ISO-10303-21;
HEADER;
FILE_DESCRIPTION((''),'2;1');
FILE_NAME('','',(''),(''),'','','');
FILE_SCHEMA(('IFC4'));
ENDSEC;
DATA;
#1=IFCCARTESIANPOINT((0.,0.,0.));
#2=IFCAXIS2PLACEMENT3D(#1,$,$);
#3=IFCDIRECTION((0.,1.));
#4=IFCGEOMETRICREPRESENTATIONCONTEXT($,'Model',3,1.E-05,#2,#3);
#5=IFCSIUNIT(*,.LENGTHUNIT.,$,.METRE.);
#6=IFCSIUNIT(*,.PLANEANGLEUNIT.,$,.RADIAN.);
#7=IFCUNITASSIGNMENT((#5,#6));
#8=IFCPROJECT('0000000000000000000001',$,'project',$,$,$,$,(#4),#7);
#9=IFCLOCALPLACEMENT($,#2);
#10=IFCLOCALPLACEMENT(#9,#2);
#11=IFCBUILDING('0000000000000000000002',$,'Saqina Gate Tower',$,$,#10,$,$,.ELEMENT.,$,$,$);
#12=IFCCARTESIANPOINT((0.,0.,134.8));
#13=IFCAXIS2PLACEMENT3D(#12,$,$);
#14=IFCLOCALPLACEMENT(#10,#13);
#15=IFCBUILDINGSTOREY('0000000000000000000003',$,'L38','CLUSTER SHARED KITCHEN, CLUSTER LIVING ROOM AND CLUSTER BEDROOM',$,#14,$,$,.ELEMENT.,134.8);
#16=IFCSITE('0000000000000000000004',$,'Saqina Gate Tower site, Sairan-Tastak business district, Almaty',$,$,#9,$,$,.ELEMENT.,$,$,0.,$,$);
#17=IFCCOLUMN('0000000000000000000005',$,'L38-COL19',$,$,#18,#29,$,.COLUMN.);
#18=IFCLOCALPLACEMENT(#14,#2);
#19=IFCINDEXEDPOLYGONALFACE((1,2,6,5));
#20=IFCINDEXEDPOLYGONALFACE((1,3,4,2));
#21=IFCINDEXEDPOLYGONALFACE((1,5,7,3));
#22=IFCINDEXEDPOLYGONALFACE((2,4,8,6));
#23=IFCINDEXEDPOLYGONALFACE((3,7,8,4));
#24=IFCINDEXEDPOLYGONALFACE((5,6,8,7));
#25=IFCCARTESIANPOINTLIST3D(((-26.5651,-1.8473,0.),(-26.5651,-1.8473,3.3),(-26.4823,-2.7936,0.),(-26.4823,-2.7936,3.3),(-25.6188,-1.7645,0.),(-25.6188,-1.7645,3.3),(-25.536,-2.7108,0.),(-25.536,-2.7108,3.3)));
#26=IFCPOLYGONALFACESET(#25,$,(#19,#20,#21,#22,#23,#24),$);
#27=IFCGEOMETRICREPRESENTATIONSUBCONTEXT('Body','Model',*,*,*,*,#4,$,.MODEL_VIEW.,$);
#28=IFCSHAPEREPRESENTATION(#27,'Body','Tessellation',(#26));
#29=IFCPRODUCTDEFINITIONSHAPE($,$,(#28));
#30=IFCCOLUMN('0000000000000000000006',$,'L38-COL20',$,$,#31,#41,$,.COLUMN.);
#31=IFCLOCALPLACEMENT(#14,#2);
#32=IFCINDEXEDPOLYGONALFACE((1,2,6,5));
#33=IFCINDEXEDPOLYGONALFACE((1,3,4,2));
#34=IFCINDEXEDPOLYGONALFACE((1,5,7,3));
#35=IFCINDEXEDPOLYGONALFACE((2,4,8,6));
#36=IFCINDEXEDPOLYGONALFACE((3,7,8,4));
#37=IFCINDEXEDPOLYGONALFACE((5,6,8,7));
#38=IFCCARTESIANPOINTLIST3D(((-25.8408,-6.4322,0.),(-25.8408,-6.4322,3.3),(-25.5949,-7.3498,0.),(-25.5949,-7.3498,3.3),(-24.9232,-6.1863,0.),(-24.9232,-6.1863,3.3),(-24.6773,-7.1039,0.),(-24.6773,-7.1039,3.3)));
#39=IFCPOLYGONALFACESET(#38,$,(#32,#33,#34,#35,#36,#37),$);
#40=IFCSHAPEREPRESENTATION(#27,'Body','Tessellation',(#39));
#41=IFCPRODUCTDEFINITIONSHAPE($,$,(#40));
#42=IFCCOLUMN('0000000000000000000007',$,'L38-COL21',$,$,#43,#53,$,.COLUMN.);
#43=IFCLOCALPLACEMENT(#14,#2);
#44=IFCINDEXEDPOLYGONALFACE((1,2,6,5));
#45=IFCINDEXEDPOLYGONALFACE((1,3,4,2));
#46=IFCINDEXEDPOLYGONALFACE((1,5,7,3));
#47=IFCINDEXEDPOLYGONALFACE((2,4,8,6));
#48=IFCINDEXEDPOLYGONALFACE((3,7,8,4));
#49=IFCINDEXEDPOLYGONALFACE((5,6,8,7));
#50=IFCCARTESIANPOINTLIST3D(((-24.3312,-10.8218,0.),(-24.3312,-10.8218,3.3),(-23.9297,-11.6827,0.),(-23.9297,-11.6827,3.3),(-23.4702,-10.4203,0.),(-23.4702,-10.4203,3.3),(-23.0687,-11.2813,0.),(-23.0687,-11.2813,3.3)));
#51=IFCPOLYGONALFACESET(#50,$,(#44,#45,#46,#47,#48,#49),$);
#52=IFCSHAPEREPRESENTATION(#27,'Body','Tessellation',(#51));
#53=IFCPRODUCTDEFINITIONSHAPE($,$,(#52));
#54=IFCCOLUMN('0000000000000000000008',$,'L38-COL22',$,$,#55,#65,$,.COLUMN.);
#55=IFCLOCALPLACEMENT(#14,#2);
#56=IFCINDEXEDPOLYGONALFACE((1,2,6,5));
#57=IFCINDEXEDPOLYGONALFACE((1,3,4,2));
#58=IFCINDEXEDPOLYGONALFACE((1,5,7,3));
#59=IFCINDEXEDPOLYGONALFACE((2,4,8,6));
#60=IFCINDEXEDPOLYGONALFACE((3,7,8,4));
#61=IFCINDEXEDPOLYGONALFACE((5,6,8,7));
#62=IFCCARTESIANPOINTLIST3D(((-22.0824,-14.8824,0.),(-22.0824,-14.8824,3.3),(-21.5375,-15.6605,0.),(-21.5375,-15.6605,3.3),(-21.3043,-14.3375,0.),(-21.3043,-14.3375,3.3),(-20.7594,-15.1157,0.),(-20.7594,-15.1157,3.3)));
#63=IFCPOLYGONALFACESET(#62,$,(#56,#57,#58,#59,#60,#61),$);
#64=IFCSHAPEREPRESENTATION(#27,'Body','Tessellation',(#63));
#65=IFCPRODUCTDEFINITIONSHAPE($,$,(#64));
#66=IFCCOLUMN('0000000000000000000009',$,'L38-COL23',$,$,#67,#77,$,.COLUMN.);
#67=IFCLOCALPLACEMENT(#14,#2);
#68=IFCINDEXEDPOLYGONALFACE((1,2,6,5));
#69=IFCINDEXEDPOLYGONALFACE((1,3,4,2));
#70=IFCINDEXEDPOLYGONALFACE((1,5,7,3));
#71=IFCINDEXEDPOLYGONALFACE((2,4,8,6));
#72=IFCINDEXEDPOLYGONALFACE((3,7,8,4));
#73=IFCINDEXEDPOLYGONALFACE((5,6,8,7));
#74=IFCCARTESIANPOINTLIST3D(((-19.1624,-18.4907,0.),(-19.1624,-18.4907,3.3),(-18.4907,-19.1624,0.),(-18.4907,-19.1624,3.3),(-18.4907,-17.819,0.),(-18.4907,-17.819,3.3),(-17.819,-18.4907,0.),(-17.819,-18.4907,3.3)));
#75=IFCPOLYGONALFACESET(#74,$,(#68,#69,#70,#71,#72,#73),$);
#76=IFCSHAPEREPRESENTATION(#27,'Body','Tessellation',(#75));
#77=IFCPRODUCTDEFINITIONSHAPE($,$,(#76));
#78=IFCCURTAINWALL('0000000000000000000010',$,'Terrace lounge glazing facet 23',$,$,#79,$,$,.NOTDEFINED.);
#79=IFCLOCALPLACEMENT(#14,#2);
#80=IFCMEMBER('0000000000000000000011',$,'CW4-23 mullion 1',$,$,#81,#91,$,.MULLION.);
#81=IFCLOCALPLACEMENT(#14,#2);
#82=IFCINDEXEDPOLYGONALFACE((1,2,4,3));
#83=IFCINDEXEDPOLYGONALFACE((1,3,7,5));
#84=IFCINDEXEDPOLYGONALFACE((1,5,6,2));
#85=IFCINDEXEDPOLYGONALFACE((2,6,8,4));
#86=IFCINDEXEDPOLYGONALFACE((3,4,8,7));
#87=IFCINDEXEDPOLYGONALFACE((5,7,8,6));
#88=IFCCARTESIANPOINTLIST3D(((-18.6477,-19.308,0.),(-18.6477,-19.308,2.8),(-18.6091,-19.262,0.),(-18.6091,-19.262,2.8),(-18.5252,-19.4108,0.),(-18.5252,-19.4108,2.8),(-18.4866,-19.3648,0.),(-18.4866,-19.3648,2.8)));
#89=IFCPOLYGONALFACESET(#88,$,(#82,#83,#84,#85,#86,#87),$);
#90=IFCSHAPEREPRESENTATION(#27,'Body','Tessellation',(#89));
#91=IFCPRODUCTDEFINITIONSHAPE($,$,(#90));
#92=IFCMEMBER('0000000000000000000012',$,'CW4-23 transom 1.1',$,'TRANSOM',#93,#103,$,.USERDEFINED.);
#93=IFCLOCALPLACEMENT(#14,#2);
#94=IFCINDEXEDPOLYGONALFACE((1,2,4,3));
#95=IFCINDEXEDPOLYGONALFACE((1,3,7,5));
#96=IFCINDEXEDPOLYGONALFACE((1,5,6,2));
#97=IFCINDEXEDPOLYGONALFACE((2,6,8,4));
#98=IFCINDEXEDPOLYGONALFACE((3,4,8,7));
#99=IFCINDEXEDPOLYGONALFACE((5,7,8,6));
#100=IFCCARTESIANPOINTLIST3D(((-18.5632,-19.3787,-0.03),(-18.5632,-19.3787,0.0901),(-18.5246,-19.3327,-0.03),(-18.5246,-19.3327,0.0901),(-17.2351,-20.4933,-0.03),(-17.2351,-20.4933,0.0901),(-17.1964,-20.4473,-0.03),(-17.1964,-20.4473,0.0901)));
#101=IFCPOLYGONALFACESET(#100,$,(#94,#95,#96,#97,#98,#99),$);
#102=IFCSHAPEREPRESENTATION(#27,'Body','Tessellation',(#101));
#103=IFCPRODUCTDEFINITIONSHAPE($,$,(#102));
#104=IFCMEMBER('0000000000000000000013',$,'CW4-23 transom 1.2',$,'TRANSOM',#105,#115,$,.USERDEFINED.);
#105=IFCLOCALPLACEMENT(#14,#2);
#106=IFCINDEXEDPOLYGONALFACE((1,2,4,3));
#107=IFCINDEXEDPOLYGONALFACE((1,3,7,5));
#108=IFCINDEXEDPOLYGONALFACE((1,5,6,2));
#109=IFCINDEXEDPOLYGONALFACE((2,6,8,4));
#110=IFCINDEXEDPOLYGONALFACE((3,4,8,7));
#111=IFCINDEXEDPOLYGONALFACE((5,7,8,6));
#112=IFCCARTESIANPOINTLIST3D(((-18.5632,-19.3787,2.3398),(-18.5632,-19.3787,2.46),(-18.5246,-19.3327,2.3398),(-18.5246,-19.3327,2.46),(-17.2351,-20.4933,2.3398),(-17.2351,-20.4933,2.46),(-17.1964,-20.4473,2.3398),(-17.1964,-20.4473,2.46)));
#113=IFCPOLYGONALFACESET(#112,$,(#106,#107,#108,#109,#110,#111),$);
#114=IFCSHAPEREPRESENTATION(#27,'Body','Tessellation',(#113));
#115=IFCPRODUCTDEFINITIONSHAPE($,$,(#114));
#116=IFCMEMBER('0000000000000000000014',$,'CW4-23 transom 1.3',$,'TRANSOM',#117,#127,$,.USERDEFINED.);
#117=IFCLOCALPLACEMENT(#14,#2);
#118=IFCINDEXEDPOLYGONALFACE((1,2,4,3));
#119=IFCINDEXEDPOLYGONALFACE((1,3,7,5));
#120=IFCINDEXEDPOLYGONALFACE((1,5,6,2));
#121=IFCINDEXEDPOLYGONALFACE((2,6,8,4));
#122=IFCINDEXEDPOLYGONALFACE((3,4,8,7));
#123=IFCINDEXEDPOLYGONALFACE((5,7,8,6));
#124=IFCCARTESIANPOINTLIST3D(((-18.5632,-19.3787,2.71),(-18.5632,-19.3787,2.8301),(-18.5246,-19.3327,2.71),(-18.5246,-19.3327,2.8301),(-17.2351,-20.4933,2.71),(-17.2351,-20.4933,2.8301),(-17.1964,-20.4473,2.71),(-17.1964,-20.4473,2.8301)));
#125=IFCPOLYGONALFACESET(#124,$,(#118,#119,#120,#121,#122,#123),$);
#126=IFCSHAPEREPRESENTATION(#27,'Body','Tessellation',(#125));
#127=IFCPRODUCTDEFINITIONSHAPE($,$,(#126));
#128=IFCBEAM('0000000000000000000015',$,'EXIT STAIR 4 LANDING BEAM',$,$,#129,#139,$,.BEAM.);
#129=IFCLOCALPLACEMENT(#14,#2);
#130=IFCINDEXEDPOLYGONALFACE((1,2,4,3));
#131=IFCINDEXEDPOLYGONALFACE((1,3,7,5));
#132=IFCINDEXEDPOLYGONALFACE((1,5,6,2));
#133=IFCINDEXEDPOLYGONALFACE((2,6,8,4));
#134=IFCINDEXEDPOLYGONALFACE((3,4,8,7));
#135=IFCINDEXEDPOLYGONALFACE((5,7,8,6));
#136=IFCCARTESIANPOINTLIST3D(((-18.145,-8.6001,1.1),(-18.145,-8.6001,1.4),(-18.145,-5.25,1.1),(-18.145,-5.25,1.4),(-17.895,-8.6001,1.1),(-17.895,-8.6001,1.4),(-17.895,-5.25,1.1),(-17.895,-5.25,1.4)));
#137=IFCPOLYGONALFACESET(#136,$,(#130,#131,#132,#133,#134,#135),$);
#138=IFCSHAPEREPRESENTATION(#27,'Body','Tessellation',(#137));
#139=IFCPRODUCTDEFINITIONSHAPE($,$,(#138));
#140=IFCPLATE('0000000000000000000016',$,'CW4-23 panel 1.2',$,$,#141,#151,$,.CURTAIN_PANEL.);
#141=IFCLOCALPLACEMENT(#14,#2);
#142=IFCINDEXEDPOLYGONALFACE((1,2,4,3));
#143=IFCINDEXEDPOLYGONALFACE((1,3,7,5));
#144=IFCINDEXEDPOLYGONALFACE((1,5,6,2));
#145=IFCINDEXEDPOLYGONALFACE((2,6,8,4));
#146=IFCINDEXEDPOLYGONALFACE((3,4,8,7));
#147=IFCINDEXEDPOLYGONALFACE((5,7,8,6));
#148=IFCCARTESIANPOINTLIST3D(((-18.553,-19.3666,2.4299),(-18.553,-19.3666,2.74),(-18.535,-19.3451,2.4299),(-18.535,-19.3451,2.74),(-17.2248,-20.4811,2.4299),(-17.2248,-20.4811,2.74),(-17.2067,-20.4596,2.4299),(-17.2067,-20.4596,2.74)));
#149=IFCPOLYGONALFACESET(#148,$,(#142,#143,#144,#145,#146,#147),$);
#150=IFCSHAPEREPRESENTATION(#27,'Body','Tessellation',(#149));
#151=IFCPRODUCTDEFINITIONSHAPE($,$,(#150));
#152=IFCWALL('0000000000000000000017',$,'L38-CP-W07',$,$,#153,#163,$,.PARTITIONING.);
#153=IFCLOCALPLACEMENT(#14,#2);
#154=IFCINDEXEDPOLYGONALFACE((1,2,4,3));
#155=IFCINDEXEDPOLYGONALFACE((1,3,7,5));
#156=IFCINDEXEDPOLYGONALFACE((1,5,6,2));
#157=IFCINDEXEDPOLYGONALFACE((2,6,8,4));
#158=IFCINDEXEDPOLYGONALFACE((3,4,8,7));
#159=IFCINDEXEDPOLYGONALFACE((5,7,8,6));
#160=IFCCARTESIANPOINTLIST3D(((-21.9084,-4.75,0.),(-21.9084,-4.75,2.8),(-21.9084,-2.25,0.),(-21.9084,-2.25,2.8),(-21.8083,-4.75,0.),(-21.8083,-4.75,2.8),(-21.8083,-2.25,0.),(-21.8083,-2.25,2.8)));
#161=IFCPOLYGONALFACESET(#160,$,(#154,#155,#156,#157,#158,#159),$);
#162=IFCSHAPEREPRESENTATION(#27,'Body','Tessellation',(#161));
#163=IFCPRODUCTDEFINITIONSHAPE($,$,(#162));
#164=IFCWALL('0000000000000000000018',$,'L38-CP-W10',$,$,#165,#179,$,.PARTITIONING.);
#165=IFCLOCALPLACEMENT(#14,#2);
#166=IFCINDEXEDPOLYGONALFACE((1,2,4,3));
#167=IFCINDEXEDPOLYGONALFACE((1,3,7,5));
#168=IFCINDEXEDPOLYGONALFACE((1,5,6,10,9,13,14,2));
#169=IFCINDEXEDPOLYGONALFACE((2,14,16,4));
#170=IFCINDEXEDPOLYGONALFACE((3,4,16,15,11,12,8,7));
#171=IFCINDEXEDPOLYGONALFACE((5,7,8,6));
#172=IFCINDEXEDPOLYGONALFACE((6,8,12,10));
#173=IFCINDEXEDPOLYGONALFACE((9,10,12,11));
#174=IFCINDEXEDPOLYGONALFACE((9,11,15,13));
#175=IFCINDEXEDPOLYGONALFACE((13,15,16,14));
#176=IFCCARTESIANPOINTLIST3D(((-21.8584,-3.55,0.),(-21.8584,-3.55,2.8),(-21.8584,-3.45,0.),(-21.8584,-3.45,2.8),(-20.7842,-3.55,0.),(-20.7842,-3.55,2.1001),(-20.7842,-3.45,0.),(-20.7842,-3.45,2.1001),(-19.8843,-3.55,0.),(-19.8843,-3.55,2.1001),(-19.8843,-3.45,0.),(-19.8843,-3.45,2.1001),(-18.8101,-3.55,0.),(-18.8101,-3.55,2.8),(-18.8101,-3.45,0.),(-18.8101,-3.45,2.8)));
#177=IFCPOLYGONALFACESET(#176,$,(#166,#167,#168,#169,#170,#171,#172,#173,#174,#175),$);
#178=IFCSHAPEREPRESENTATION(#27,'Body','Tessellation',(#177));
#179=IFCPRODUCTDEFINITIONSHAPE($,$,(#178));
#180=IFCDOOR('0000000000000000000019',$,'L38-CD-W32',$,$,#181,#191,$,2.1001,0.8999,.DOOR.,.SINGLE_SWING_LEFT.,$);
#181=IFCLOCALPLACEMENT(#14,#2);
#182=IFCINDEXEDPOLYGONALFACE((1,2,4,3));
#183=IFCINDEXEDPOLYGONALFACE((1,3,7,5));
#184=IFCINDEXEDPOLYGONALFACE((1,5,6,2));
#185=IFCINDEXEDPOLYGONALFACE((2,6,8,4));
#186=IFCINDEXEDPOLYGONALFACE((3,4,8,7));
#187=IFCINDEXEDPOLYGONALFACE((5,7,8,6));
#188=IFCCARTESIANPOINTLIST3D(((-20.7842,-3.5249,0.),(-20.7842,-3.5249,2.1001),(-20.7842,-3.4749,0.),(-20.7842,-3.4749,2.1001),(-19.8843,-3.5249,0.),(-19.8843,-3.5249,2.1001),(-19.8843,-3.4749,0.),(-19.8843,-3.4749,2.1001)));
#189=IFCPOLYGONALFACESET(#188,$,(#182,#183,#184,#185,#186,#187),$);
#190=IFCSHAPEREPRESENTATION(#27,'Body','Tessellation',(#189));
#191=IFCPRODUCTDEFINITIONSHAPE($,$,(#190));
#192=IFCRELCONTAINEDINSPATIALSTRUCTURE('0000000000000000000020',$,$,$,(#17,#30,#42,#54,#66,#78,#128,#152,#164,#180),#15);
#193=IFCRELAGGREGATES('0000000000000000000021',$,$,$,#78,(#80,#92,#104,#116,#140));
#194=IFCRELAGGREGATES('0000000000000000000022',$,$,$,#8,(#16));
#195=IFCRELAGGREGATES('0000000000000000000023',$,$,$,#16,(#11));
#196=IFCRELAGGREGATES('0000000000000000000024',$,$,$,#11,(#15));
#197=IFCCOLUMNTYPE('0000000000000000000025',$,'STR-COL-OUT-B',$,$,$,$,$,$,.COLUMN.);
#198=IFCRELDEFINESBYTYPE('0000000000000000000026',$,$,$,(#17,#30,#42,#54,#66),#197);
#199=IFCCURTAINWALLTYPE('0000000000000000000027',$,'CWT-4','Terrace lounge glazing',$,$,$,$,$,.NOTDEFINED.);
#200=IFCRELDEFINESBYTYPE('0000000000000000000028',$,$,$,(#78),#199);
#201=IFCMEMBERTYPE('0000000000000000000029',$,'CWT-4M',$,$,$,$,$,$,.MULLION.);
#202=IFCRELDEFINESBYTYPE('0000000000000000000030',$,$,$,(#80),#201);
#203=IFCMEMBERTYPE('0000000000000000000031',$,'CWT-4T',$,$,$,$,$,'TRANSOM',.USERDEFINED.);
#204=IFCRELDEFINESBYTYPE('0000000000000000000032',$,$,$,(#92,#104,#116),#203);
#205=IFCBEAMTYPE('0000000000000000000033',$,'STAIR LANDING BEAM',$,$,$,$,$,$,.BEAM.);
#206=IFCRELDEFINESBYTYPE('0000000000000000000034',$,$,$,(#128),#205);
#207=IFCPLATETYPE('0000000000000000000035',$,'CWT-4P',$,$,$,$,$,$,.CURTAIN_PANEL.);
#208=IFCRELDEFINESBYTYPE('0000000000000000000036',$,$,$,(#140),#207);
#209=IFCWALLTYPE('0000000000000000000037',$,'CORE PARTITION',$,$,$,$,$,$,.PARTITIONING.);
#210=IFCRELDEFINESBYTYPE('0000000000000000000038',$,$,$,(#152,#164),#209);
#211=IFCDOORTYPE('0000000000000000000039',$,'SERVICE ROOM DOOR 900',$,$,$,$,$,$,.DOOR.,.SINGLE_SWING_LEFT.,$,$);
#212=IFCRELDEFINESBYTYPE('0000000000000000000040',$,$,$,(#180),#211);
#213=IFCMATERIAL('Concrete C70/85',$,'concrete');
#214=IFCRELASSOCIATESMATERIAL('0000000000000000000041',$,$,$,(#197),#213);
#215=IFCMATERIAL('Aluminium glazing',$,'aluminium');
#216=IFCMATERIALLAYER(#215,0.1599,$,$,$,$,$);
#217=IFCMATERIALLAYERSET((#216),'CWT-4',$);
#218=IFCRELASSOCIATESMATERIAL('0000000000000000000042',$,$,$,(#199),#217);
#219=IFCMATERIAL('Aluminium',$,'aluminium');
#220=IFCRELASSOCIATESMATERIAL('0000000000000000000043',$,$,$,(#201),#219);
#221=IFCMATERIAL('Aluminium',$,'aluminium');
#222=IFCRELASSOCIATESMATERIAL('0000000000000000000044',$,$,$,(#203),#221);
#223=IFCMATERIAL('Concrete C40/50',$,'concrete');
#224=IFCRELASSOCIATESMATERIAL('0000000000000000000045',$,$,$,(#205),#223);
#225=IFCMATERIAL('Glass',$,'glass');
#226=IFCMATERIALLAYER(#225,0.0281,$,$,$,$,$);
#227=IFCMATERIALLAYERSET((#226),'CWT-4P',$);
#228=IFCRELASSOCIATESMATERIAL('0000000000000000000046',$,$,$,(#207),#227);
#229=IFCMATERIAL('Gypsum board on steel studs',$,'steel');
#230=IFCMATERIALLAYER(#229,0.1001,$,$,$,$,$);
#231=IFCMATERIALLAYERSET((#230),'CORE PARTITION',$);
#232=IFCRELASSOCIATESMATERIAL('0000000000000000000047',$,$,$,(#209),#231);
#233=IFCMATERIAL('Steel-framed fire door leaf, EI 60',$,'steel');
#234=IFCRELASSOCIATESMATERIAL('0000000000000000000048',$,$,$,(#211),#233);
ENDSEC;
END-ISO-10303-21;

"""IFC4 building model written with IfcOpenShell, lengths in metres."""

from ifc_helpers import new_model, si_unit, direction, frame, frame_2d, origin, origin_2d, place, context, subcontext, project, spatial, rectangle, extrude, material, layer, layer_set, material_profile, profile_set, type_object, element, fill, aggregate, save


model = new_model("IFC4")

# Units and contexts
model_context = context("Model", 3, precision=1e-05, world=origin(), true_north=direction((0.0, 1.0)))
body_context = subcontext(model_context, "Body", "Model", "MODEL_VIEW")
ifc_project = project(units=[si_unit("LENGTHUNIT", "METRE"), si_unit("PLANEANGLEUNIT", "RADIAN")], contexts=[model_context])

# Site, building, storey
site_placement = place(None, origin())
site = spatial("IfcSite", under=ifc_project, at=site_placement, Name="Saqina Gate Tower site, Sairan-Tastak business district, Almaty", CompositionType="ELEMENT", RefElevation=0.0)
building_placement = place(site_placement, origin())
building = spatial("IfcBuilding", under=site, at=building_placement, Name="Saqina Gate Tower", CompositionType="ELEMENT")
storey_placement = place(building_placement, frame((0.0, 0.0, 134.8)))
storey = spatial("IfcBuildingStorey", under=building, at=storey_placement, Name="L38", Description="CLUSTER SHARED KITCHEN, CLUSTER LIVING ROOM AND CLUSTER BEDROOM", CompositionType="ELEMENT", Elevation=134.8)

# Columns
ifc_material_1 = material(Name="Concrete C70/85", Category="concrete")
ifc_material_profile_1 = material_profile(ifc_material_1, rectangle(XDim=0.95, YDim=0.95, at=origin_2d()), Name="RC 950x950")
ifc_profile_set_1 = profile_set([ifc_material_profile_1], Name="Concrete C70/85")
column_type = type_object("IfcColumnType", Name="STR-COL-OUT-B", PredefinedType="COLUMN", material=ifc_profile_set_1)
for number, where, z_axis, x_axis, name in (
    (1, (-26.0505, -2.2791, 0.0), (0.0, 0.0, 1.0), (-0.996195, -0.087156, 0.0), "L38-COL19"),
    (2, (-25.259, -6.7681, 0.0), (0.0, 0.0, 1.0), (-0.965926, -0.258819, 0.0), "L38-COL20"),
    (3, (-23.7, -11.0515, 0.0), (0.0, 0.0, 1.0), (-0.906308, -0.422618, 0.0), "L38-COL21"),
    (4, (-21.4209, -14.999, 0.0), (0.0, 0.0, 1.0), (-0.819152, -0.573576, 0.0), "L38-COL22"),
    (5, (-18.4907, -18.4907, 0.0), (0.0, 0.0, 1.0), (-0.707107, -0.707107, 0.0), "L38-COL23"),
):
    element("IfcColumn", number, at=place(storey_placement, frame(where, z_axis=z_axis, x_axis=x_axis)), inside=storey, type_object=column_type, Name=name, PredefinedType="COLUMN", context=body_context, shape_type="SweptSolid", body=[
        extrude(rectangle(XDim=0.95, YDim=0.95, at=origin_2d()), origin(), (0.0, 0.0, 1.0), 3.3),
    ])

# Curtain wall, members
ifc_material_2 = material(Name="Aluminium glazing", Category="aluminium")
ifc_layer_1 = layer(ifc_material_2, 0.1599)
ifc_layer_set_1 = layer_set([ifc_layer_1], Name="CWT-4")
curtain_wall_type = type_object("IfcCurtainWallType", Name="CWT-4", Description="Terrace lounge glazing", PredefinedType="NOTDEFINED", material=ifc_layer_set_1)
curtain_wall_placement = place(storey_placement, origin())
curtain_wall = element("IfcCurtainWall", 6, at=curtain_wall_placement, inside=storey, type_object=curtain_wall_type, Name="Terrace lounge glazing facet 23", PredefinedType="NOTDEFINED")
ifc_material_3 = material(Name="Aluminium", Category="aluminium")
ifc_material_profile_2 = material_profile(ifc_material_3, rectangle(XDim=0.0601, YDim=0.1599, at=origin_2d()), Name="Aluminium 60x160")
ifc_profile_set_2 = profile_set([ifc_material_profile_2], Name="Aluminium")
member_type_1 = type_object("IfcMemberType", Name="CWT-4M", PredefinedType="MULLION", material=ifc_profile_set_2)
member_1_placement = place(storey_placement, frame((-18.5671, -19.3364, 0.0), z_axis=(0.0, 0.0, 1.0), x_axis=(0.642791, 0.766042, 0.0)))
member_1 = element("IfcMember", 7, at=member_1_placement, type_object=member_type_1, Name="CW4-23 mullion 1", PredefinedType="MULLION", context=body_context, shape_type="SweptSolid", body=[
    extrude(rectangle(XDim=0.0601, YDim=0.1599, at=origin_2d()), origin(), (0.0, 0.0, 1.0), 2.8),
])
ifc_material_4 = material(Name="Aluminium", Category="aluminium")
ifc_material_profile_3 = material_profile(ifc_material_4, rectangle(XDim=0.0601, YDim=0.1201, at=origin_2d()), Name="Aluminium 60x120")
ifc_profile_set_3 = profile_set([ifc_material_profile_3], Name="Aluminium")
member_type_2 = type_object("IfcMemberType", Name="CWT-4T", ElementType="TRANSOM", PredefinedType="USERDEFINED", material=ifc_profile_set_3)
member_2_placement = place(storey_placement, frame((-18.5439, -19.3557, 0.03), z_axis=(0.766024, -0.642812, 0.0), x_axis=(0.642812, 0.766024, 0.0)))
member_2 = element("IfcMember", 8, at=member_2_placement, type_object=member_type_2, Name="CW4-23 transom 1.1", ObjectType="TRANSOM", PredefinedType="USERDEFINED", context=body_context, shape_type="SweptSolid", body=[
    extrude(rectangle(XDim=0.0601, YDim=0.1201, at=origin_2d()), origin(), (0.0, 0.0, 1.0), 1.7339),
])
member_3_placement = place(storey_placement, frame((-18.5439, -19.3557, 2.3999), z_axis=(0.766024, -0.642812, 0.0), x_axis=(0.642812, 0.766024, 0.0)))
member_3 = element("IfcMember", 9, at=member_3_placement, type_object=member_type_2, Name="CW4-23 transom 1.2", ObjectType="TRANSOM", PredefinedType="USERDEFINED", context=body_context, shape_type="SweptSolid", body=[
    extrude(rectangle(XDim=0.0601, YDim=0.1201, at=origin_2d()), origin(), (0.0, 0.0, 1.0), 1.7339),
])
member_4_placement = place(storey_placement, frame((-18.5439, -19.3557, 2.77), z_axis=(0.766024, -0.642812, 0.0), x_axis=(0.642812, 0.766024, 0.0)))
member_4 = element("IfcMember", 10, at=member_4_placement, type_object=member_type_2, Name="CW4-23 transom 1.3", ObjectType="TRANSOM", PredefinedType="USERDEFINED", context=body_context, shape_type="SweptSolid", body=[
    extrude(rectangle(XDim=0.0601, YDim=0.1201, at=origin_2d()), origin(), (0.0, 0.0, 1.0), 1.7339),
])

# Beam
ifc_material_5 = material(Name="Concrete C40/50", Category="concrete")
ifc_material_profile_4 = material_profile(ifc_material_5, rectangle(XDim=0.25, YDim=0.3, at=origin_2d()), Name="STAIR LANDING BEAM")
ifc_profile_set_4 = profile_set([ifc_material_profile_4], Name="Concrete C40/50")
beam_type = type_object("IfcBeamType", Name="STAIR LANDING BEAM", PredefinedType="BEAM", material=ifc_profile_set_4)
beam_placement = place(storey_placement, frame((-18.02, -8.6001, 1.25), z_axis=(0.0, 1.0, 0.0), x_axis=(-1.0, 0.0, 0.0)))
element("IfcBeam", 11, at=beam_placement, inside=storey, type_object=beam_type, Name="EXIT STAIR 4 LANDING BEAM", PredefinedType="BEAM", context=body_context, shape_type="SweptSolid", body=[
    extrude(rectangle(XDim=0.25, YDim=0.3, at=origin_2d()), origin(), (0.0, 0.0, 1.0), 3.3501),
])

# Plate
ifc_material_6 = material(Name="Glass", Category="glass")
ifc_layer_2 = layer(ifc_material_6, 0.0281)
ifc_layer_set_2 = layer_set([ifc_layer_2], Name="CWT-4P")
plate_type = type_object("IfcPlateType", Name="CWT-4P", PredefinedType="CURTAIN_PANEL", material=ifc_layer_set_2)
plate_placement = place(storey_placement, frame((-17.8799, -19.9131, 2.4299), z_axis=(0.0, 0.0, 1.0), x_axis=(0.766042, -0.642791, 0.0)))
plate = element("IfcPlate", 12, at=plate_placement, type_object=plate_type, Name="CW4-23 panel 1.2", PredefinedType="CURTAIN_PANEL", context=body_context, shape_type="SweptSolid", body=[
    extrude(rectangle(XDim=1.7339, YDim=0.0281, at=origin_2d()), origin(), (0.0, 0.0, 1.0), 0.3101),
])
aggregate(curtain_wall, [member_1, member_2, member_3, member_4, plate])

# Wall
ifc_material_7 = material(Name="Gypsum board on steel studs", Category="steel")
ifc_layer_3 = layer(ifc_material_7, 0.1001)
ifc_layer_set_3 = layer_set([ifc_layer_3], Name="CORE PARTITION")
wall_type_1 = type_object("IfcWallType", Name="CORE PARTITION", PredefinedType="PARTITIONING", material=ifc_layer_set_3)
wall_1_placement = place(storey_placement, frame((-21.8584, -4.75, 0.0), z_axis=(0.0, 0.0, 1.0), x_axis=(0.0, 1.0, 0.0)))
element("IfcWall", 13, at=wall_1_placement, inside=storey, type_object=wall_type_1, Name="L38-CP-W07", PredefinedType="PARTITIONING", context=body_context, shape_type="SweptSolid", body=[
    extrude(rectangle(XDim=2.5, YDim=0.1001, at=frame_2d((1.25, 0.0))), origin(), (0.0, 0.0, 1.0), 2.8),
])

# Wall, opening, door
wall_2_placement = place(storey_placement, frame((-18.8101, -3.5, 0.0), z_axis=(0.0, 0.0, 1.0), x_axis=(-1.0, 0.0, 0.0)))
wall_2 = element("IfcWall", 14, at=wall_2_placement, inside=storey, type_object=wall_type_1, Name="L38-CP-W10", PredefinedType="PARTITIONING", context=body_context, shape_type="SweptSolid", body=[
    extrude(rectangle(XDim=3.0483, YDim=0.1001, at=frame_2d((1.5242, 0.0))), origin(), (0.0, 0.0, 1.0), 2.8),
])
opening_1_placement = place(wall_2_placement, frame((1.0742, 0.0, 0.0)))
opening_1 = element("IfcOpeningElement", 15, at=opening_1_placement, cuts=wall_2, PredefinedType="OPENING", context=body_context, shape_type="SweptSolid", body=[
    extrude(rectangle(XDim=0.8999, YDim=2.1001, at=frame_2d((0.45, 1.05))), frame((0.0, 0.062, 0.0), z_axis=(0.0, -1.0, 0.0), x_axis=(1.0, 0.0, 0.0)), (0.0, 0.0, 1.0), 0.124),
])
ifc_material_8 = material(Name="Steel-framed fire door leaf, EI 60", Category="steel")
door_type = type_object("IfcDoorType", Name="SERVICE ROOM DOOR 900", OperationType="SINGLE_SWING_LEFT", PredefinedType="DOOR", material=ifc_material_8)
door_1_placement = place(opening_1_placement, origin())
door_1 = element("IfcDoor", 16, at=door_1_placement, inside=storey, type_object=door_type, Name="L38-CD-W32", OperationType="SINGLE_SWING_LEFT", OverallHeight=2.1001, OverallWidth=0.8999, PredefinedType="DOOR", context=body_context, shape_type="SweptSolid", body=[
    extrude(rectangle(XDim=0.8999, YDim=2.1001, at=frame_2d((0.45, 1.05))), frame((0.0, 0.0249, 0.0), z_axis=(0.0, -1.0, 0.0), x_axis=(1.0, 0.0, 0.0)), (0.0, 0.0, 1.0), 0.05),
])
fill(opening_1, door_1)

save(model, "model.ifc")
